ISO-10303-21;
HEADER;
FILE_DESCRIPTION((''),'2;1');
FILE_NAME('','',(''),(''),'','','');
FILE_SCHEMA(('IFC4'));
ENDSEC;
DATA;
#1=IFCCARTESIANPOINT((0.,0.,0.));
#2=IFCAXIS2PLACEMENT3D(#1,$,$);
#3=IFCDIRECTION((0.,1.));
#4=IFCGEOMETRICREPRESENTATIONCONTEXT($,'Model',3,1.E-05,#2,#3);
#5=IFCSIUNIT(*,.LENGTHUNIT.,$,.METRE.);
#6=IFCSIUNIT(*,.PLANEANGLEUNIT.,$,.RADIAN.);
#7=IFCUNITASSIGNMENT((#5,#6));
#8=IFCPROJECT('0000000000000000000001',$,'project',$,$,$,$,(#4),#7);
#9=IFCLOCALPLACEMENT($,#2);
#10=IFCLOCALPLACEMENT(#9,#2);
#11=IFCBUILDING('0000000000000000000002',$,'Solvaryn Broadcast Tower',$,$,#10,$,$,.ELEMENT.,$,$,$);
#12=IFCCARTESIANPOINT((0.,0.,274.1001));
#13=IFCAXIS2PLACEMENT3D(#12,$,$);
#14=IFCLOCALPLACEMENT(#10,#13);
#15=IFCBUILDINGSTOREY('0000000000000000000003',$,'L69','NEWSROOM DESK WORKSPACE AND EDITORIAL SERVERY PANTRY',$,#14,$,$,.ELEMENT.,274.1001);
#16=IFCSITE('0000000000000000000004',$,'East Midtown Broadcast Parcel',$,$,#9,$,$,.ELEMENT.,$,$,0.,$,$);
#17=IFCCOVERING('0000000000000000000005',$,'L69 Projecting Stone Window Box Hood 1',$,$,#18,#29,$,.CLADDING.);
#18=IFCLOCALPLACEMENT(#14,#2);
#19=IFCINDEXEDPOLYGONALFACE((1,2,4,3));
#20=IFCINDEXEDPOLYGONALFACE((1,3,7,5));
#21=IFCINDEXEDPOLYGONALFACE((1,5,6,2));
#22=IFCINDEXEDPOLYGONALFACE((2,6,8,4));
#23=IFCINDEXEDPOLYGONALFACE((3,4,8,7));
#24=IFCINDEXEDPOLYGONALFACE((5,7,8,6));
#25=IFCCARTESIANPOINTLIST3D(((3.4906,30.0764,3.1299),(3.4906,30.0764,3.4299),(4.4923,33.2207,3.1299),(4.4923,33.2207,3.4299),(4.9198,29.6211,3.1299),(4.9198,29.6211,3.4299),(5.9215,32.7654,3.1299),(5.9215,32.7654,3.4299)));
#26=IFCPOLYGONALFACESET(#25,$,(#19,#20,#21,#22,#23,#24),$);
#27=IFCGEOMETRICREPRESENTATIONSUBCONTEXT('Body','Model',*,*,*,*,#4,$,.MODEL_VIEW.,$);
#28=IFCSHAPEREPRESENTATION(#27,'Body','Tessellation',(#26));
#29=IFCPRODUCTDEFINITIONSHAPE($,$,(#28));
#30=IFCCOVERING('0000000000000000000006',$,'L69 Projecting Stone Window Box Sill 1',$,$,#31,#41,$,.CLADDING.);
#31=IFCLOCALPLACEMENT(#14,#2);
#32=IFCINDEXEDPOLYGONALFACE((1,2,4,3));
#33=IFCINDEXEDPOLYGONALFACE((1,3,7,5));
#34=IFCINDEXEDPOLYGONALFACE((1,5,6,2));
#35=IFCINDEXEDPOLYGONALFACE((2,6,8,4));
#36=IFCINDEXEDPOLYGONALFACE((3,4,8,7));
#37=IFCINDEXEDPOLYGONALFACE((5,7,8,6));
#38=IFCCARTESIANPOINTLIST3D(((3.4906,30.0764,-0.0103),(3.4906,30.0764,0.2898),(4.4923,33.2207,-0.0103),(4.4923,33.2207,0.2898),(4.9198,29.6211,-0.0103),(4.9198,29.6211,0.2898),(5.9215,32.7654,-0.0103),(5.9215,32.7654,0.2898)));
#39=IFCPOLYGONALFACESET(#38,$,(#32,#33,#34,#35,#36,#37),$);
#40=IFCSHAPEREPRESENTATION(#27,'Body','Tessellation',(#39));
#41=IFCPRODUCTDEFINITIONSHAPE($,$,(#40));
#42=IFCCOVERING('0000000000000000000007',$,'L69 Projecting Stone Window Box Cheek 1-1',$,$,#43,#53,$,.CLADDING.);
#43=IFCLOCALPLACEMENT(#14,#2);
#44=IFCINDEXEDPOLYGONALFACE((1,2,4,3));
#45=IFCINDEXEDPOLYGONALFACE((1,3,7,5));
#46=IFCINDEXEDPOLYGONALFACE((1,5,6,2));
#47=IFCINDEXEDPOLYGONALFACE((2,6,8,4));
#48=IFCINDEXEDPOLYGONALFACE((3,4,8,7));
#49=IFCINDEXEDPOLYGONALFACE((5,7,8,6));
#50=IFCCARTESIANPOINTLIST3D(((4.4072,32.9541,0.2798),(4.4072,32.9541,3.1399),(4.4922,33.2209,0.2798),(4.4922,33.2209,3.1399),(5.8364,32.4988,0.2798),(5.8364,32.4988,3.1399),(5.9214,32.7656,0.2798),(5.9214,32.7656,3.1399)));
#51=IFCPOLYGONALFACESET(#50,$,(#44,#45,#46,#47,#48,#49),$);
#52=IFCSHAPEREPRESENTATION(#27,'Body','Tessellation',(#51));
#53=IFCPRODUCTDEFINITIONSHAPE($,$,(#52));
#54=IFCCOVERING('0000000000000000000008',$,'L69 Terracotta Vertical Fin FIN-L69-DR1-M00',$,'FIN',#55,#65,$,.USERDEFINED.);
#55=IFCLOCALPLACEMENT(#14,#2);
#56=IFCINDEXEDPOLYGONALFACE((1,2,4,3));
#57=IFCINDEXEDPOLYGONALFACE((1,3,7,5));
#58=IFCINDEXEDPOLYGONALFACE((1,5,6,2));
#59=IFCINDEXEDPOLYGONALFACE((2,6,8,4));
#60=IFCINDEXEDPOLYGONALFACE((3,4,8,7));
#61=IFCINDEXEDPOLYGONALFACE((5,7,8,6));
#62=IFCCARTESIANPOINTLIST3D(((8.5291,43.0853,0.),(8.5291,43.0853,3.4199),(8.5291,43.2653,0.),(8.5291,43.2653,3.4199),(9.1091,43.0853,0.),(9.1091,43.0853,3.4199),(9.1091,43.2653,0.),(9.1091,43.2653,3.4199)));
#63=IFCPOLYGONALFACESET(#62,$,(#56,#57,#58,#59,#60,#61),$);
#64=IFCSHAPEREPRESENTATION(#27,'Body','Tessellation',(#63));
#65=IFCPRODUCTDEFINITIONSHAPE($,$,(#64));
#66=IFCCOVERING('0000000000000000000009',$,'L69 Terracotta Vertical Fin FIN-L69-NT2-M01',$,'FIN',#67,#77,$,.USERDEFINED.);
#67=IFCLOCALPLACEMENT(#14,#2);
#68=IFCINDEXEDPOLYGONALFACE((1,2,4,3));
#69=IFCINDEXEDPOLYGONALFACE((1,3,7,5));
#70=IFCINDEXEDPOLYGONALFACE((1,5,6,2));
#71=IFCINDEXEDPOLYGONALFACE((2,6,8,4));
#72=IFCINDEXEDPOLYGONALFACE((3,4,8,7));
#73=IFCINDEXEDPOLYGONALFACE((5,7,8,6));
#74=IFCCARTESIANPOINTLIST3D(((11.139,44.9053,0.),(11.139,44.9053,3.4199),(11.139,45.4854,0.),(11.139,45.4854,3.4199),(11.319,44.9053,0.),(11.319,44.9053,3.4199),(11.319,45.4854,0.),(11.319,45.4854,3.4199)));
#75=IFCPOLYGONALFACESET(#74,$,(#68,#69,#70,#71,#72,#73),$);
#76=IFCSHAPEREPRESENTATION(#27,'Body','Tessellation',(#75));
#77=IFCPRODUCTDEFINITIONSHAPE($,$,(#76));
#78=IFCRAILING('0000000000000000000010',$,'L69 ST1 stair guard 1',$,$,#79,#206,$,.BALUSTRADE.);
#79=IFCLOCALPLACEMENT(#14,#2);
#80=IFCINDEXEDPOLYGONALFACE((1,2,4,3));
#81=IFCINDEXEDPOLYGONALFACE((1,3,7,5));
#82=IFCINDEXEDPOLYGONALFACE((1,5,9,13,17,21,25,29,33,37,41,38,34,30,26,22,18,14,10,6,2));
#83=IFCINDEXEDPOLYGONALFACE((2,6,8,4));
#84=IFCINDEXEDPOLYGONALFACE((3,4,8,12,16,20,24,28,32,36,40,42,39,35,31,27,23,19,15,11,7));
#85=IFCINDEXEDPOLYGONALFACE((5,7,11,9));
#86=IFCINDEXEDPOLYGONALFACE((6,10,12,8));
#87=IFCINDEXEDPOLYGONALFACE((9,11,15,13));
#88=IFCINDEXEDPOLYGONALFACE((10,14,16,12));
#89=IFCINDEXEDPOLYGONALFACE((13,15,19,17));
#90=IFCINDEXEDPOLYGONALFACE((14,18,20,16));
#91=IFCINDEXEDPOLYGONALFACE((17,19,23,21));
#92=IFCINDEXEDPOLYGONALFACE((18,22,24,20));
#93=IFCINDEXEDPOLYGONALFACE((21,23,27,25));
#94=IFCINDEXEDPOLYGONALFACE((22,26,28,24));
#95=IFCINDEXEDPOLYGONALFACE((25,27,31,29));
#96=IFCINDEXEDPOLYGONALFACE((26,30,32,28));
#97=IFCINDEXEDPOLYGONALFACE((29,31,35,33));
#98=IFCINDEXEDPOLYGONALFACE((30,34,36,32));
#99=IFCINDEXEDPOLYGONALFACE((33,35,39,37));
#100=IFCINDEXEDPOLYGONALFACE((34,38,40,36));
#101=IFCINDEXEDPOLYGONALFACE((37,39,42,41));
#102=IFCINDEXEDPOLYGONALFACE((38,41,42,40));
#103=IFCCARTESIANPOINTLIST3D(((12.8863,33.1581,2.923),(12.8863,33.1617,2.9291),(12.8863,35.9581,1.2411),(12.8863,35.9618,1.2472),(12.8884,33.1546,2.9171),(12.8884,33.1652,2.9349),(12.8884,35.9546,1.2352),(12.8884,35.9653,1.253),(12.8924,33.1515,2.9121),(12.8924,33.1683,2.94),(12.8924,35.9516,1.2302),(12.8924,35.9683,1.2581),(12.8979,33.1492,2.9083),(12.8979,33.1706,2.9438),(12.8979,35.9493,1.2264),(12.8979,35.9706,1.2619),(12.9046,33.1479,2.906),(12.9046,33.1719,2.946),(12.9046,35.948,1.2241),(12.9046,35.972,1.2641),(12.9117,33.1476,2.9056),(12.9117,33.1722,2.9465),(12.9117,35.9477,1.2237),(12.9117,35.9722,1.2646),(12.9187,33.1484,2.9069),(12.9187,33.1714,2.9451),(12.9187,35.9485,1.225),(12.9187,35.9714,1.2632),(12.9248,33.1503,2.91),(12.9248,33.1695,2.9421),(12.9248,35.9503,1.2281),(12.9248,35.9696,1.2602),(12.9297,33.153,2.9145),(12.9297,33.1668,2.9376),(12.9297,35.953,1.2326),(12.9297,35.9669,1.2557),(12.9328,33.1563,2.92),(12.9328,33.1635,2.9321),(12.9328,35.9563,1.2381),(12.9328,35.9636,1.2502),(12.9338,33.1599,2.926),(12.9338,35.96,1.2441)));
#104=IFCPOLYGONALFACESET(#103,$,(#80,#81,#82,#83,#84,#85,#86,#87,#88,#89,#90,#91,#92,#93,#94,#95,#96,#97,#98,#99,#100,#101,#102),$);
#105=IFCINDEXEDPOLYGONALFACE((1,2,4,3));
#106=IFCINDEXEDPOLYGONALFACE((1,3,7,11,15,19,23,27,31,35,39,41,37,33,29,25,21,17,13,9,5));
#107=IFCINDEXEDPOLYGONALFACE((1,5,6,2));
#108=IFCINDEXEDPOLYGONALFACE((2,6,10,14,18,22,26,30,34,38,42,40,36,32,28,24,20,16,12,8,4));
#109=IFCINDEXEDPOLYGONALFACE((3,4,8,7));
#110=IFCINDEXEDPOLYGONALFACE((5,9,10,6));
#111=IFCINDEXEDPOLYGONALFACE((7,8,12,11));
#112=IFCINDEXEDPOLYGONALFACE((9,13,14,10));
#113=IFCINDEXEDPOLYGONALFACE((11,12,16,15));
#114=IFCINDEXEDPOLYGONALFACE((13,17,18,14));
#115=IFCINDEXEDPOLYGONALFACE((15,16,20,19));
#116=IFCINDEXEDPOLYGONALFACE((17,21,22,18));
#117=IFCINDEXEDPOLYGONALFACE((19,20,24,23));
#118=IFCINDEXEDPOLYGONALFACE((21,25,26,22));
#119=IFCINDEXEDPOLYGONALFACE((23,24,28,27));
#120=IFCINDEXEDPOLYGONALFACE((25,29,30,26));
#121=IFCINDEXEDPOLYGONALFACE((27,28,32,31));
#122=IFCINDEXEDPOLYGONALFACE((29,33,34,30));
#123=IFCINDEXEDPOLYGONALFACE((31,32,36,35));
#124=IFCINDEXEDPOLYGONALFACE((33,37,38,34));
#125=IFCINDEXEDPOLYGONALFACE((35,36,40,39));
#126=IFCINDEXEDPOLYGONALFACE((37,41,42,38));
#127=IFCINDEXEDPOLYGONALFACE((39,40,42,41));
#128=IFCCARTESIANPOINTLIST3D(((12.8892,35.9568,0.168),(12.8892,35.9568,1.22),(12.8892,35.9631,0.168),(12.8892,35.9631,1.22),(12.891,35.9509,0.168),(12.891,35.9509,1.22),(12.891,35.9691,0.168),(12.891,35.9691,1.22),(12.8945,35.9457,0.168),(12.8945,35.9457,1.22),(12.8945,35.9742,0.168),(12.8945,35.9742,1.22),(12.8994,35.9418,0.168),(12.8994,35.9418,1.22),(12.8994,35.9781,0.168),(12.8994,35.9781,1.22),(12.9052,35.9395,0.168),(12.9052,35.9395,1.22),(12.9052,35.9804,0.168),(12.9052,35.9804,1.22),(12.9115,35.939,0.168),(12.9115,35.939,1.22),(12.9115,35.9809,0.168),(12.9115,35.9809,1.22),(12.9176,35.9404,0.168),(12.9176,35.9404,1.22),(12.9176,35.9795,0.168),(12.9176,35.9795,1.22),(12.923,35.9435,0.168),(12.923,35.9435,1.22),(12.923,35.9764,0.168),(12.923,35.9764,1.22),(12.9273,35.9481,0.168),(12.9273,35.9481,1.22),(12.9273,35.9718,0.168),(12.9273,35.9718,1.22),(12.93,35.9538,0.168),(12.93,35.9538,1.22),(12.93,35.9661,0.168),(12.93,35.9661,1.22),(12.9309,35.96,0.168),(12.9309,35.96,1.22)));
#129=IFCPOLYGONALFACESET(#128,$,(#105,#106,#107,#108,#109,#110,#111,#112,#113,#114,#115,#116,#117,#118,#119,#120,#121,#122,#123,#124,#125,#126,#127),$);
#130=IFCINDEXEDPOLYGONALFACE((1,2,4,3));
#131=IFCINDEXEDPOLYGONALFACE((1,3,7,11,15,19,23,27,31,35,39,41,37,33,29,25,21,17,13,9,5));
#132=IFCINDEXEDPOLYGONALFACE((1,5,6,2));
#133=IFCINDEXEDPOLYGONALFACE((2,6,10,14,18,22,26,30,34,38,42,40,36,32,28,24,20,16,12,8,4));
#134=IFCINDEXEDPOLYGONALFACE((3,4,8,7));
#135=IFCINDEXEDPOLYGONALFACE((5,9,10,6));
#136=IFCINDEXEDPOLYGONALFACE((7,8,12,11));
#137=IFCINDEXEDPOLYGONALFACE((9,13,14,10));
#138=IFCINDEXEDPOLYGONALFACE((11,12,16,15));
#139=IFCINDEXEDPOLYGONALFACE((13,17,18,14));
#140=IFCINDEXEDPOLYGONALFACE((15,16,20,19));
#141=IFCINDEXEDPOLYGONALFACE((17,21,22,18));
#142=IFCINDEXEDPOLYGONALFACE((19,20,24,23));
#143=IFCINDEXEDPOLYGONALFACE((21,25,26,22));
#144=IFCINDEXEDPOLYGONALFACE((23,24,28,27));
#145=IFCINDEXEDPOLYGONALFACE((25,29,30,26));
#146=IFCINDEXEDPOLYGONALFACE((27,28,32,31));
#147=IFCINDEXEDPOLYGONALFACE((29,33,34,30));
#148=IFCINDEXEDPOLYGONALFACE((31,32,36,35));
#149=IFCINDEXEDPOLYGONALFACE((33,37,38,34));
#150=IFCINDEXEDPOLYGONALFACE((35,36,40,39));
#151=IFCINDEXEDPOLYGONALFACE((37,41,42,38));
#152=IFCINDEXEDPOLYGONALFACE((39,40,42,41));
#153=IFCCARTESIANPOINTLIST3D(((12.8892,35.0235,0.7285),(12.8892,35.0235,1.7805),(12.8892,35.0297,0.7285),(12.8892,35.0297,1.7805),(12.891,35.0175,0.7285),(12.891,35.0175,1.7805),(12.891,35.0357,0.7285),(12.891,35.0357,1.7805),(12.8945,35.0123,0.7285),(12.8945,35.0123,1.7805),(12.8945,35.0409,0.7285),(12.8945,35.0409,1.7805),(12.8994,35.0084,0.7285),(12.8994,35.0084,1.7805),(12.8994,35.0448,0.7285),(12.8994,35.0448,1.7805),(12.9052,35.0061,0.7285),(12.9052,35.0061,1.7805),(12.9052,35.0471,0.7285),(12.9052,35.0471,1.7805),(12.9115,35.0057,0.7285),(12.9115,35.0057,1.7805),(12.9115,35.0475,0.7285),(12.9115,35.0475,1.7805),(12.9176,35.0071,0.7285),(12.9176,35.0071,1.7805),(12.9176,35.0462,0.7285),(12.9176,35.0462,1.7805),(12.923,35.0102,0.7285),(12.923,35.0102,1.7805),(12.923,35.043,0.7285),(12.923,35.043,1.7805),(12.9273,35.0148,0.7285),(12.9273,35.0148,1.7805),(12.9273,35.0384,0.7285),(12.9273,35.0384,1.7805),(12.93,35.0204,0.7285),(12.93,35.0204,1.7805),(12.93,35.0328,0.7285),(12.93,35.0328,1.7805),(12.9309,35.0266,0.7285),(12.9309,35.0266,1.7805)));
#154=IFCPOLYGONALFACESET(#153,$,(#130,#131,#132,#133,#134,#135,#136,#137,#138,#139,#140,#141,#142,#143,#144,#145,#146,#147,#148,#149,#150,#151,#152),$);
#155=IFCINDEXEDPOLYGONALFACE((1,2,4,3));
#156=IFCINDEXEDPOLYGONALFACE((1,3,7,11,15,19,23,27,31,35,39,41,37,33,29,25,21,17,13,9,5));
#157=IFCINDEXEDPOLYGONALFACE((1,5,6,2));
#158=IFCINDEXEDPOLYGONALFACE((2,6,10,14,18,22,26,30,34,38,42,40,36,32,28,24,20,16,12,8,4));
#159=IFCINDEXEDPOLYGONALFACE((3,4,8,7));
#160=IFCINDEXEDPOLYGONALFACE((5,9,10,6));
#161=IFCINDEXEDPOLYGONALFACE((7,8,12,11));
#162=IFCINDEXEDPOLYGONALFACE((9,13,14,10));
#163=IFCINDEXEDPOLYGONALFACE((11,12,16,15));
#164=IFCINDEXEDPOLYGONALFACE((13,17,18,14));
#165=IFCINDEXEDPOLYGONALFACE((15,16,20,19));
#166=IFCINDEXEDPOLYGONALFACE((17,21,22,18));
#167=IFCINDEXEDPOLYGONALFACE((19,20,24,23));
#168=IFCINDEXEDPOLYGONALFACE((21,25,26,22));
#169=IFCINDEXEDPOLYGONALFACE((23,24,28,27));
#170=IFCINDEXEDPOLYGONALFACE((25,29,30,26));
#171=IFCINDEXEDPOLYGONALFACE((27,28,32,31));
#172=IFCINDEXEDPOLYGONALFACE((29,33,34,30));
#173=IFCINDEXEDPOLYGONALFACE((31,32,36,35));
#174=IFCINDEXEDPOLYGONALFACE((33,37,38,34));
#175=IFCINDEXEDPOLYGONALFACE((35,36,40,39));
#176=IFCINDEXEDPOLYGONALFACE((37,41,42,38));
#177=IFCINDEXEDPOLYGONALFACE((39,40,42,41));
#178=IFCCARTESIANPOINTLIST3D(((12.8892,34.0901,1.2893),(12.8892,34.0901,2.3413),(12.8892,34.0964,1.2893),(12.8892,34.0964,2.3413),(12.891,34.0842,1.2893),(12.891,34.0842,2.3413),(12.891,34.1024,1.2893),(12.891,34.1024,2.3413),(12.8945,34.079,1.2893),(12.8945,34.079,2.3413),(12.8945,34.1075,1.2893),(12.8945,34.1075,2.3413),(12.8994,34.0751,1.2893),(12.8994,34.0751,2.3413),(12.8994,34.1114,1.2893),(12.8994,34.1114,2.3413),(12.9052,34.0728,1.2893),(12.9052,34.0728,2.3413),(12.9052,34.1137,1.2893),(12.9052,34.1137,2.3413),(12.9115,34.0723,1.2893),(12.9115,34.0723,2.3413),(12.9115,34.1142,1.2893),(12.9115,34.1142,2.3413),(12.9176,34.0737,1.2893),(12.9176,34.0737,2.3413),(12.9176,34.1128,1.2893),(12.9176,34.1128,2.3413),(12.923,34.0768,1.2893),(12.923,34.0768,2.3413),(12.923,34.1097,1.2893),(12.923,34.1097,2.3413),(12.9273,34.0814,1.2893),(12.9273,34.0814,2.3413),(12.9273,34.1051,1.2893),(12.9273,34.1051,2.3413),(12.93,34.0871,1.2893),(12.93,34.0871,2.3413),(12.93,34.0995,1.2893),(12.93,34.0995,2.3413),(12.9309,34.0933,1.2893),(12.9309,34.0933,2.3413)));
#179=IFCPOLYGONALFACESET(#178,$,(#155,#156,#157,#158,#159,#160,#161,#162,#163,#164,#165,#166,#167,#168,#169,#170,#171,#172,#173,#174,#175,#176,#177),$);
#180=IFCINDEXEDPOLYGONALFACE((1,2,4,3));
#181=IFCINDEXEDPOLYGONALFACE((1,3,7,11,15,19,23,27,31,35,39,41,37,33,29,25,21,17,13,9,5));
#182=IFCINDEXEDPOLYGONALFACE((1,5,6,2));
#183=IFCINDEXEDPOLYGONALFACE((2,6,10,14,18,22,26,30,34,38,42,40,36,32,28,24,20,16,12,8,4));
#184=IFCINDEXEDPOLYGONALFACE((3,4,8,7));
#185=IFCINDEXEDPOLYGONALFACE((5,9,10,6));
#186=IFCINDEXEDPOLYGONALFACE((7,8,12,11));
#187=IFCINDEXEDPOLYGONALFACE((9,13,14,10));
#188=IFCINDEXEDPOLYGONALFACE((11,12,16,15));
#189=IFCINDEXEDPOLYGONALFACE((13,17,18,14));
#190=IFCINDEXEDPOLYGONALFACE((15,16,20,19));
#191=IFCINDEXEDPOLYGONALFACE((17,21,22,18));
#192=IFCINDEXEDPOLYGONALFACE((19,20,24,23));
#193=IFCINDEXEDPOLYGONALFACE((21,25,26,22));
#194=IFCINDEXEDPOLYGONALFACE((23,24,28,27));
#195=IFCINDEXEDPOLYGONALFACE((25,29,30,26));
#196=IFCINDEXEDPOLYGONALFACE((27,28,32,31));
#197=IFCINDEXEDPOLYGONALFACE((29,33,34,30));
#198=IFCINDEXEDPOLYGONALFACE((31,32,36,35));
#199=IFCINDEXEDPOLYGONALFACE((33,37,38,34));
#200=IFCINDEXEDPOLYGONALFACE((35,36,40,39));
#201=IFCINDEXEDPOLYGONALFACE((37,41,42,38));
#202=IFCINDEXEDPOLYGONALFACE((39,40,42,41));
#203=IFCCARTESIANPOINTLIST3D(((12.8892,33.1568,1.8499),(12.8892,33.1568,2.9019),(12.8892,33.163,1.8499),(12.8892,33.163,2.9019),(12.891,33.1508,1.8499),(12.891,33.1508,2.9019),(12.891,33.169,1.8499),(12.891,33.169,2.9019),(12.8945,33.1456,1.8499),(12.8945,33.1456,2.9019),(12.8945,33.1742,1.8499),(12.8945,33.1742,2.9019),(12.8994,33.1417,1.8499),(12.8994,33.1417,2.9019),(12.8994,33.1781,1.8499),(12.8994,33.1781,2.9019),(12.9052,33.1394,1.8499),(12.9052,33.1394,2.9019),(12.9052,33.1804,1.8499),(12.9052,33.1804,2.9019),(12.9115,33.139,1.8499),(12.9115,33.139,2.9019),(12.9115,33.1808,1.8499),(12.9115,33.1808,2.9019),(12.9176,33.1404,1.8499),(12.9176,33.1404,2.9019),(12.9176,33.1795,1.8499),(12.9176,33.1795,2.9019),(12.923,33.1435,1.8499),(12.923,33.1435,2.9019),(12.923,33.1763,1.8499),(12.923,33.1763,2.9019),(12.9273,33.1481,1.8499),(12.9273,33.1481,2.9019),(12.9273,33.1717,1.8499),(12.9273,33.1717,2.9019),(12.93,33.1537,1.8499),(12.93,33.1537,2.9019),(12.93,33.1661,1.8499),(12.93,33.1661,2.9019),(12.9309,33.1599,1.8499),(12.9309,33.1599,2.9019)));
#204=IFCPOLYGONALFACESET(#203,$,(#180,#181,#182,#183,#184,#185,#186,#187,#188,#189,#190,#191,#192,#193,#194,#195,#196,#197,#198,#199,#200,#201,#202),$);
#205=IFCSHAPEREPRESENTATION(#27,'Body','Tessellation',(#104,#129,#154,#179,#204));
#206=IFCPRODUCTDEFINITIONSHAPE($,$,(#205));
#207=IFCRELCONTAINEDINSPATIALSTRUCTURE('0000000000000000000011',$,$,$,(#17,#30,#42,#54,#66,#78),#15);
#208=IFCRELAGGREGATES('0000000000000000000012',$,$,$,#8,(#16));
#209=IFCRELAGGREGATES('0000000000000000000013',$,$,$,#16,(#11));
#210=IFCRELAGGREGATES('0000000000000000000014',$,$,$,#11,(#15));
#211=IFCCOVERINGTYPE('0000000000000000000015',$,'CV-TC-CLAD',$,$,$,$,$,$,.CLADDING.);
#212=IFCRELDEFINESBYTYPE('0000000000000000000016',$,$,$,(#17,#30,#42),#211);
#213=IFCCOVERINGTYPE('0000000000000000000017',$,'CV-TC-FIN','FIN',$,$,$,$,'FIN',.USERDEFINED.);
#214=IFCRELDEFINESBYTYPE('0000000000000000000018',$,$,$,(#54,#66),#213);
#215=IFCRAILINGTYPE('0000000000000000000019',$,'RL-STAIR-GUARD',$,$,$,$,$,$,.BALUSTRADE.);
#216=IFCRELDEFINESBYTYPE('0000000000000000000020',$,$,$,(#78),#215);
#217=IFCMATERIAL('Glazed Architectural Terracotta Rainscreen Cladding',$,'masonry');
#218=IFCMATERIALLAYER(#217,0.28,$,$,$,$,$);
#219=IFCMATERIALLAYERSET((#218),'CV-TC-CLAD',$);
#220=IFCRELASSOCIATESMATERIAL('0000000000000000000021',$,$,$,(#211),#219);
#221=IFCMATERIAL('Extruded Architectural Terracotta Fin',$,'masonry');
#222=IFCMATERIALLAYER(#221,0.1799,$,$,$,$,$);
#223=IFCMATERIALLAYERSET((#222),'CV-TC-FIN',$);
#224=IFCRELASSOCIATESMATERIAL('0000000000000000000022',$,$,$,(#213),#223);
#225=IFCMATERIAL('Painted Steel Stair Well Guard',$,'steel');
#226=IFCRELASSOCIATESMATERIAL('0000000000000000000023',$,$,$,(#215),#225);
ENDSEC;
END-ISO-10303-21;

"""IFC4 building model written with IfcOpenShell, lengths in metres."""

from ifc_helpers import new_model, si_unit, direction, frame, origin, origin_2d, place, context, subcontext, project, spatial, rectangle, circle, extrude, material, layer, layer_set, type_object, element, save


model = new_model("IFC4")

# Units and contexts
model_context = context("Model", 3, precision=1e-05, world=origin(), true_north=direction((0.0, 1.0)))
body_context = subcontext(model_context, "Body", "Model", "MODEL_VIEW")
ifc_project = project(units=[si_unit("LENGTHUNIT", "METRE"), si_unit("PLANEANGLEUNIT", "RADIAN")], contexts=[model_context])

# Site, building, storey
site_placement = place(None, origin())
site = spatial("IfcSite", under=ifc_project, at=site_placement, Name="East Midtown Broadcast Parcel", CompositionType="ELEMENT", RefElevation=0.0)
building_placement = place(site_placement, origin())
building = spatial("IfcBuilding", under=site, at=building_placement, Name="Solvaryn Broadcast Tower", CompositionType="ELEMENT")
storey_placement = place(building_placement, frame((0.0, 0.0, 274.1001)))
storey = spatial("IfcBuildingStorey", under=building, at=storey_placement, Name="L69", Description="NEWSROOM DESK WORKSPACE AND EDITORIAL SERVERY PANTRY", CompositionType="ELEMENT", Elevation=274.1001)

# Coverings
ifc_material_1 = material(Name="Glazed Architectural Terracotta Rainscreen Cladding", Category="masonry")
ifc_layer_1 = layer(ifc_material_1, 0.28)
ifc_layer_set_1 = layer_set([ifc_layer_1], Name="CV-TC-CLAD")
covering_type_1 = type_object("IfcCoveringType", Name="CV-TC-CLAD", PredefinedType="CLADDING", material=ifc_layer_set_1)
for number, where, z_axis, x_axis, name in (
    (1, (4.7061, 31.4209, 3.1299), (0.0, 0.0, 1.0), (-0.303534, -0.952821, 0.0), "L69 Projecting Stone Window Box Hood 1"),
    (2, (4.7061, 31.4209, -0.0103), (0.0, 0.0, 1.0), (-0.303534, -0.952821, 0.0), "L69 Projecting Stone Window Box Sill 1"),
):
    element("IfcCovering", number, at=place(storey_placement, frame(where, z_axis=z_axis, x_axis=x_axis)), inside=storey, type_object=covering_type_1, Name=name, PredefinedType="CLADDING", context=body_context, shape_type="SweptSolid", body=[
        extrude(rectangle(XDim=3.3, YDim=1.5, at=origin_2d()), origin(), (0.0, 0.0, 1.0), 0.3),
    ])
covering_1_placement = place(storey_placement, frame((5.1643, 32.8599, 0.2798), z_axis=(0.0, 0.0, 1.0), x_axis=(-0.303534, -0.952821, 0.0)))
element("IfcCovering", 3, at=covering_1_placement, inside=storey, type_object=covering_type_1, Name="L69 Projecting Stone Window Box Cheek 1-1", PredefinedType="CLADDING", context=body_context, shape_type="SweptSolid", body=[
    extrude(rectangle(XDim=0.28, YDim=1.5, at=origin_2d()), origin(), (0.0, 0.0, 1.0), 2.8601),
])
ifc_material_2 = material(Name="Extruded Architectural Terracotta Fin", Category="masonry")
ifc_layer_2 = layer(ifc_material_2, 0.1799)
ifc_layer_set_2 = layer_set([ifc_layer_2], Name="CV-TC-FIN")
covering_type_2 = type_object("IfcCoveringType", Name="CV-TC-FIN", Description="FIN", ElementType="FIN", PredefinedType="USERDEFINED", material=ifc_layer_set_2)
covering_2_placement = place(storey_placement, frame((8.8191, 43.1753, 0.0), z_axis=(0.0, 0.0, 1.0), x_axis=(1.0, 0.0, 0.0)))
element("IfcCovering", 4, at=covering_2_placement, inside=storey, type_object=covering_type_2, Name="L69 Terracotta Vertical Fin FIN-L69-DR1-M00", ObjectType="FIN", PredefinedType="USERDEFINED", context=body_context, shape_type="SweptSolid", body=[
    extrude(rectangle(XDim=0.5801, YDim=0.1799, at=origin_2d()), origin(), (0.0, 0.0, 1.0), 3.4199),
])
covering_3_placement = place(storey_placement, frame((11.229, 45.1953, 0.0), z_axis=(0.0, 0.0, 1.0), x_axis=(1.0, 0.0, 0.0)))
element("IfcCovering", 5, at=covering_3_placement, inside=storey, type_object=covering_type_2, Name="L69 Terracotta Vertical Fin FIN-L69-NT2-M01", ObjectType="FIN", PredefinedType="USERDEFINED", context=body_context, shape_type="SweptSolid", body=[
    extrude(rectangle(XDim=0.1799, YDim=0.5801, at=origin_2d()), origin(), (0.0, 0.0, 1.0), 3.4199),
])

# Railing
ifc_material_3 = material(Name="Painted Steel Stair Well Guard", Category="steel")
railing_type_1 = type_object("IfcRailingType", Name="RL-STAIR-GUARD", PredefinedType="BALUSTRADE", material=ifc_material_3)
railing_1_placement = place(storey_placement, frame((12.9099, 35.96, 0.168)))
element("IfcRailing", 6, at=railing_1_placement, inside=storey, type_object=railing_type_1, Name="L69 ST1 stair guard 1", PredefinedType="BALUSTRADE", context=body_context, shape_type="SweptSolid", body=[
    extrude(circle(Radius=0.0239, at=origin_2d()), frame((0.0, 0.0, 1.0762), z_axis=(0.0, -0.857242, 0.514913), x_axis=(1.0, 0.0, 0.0)), (0.0, 0.0, 1.0), 3.2664),
    extrude(circle(Radius=0.021, at=origin_2d()), origin(), (0.0, 0.0, 1.0), 1.052),
    extrude(circle(Radius=0.021, at=origin_2d()), frame((0.0, -0.9333, 0.5605)), (0.0, 0.0, 1.0), 1.052),
    extrude(circle(Radius=0.021, at=origin_2d()), frame((0.0, -1.8667, 1.1213)), (0.0, 0.0, 1.0), 1.052),
    extrude(circle(Radius=0.021, at=origin_2d()), frame((0.0, -2.8, 1.6819)), (0.0, 0.0, 1.0), 1.052),
])

save(model, "model.ifc")
